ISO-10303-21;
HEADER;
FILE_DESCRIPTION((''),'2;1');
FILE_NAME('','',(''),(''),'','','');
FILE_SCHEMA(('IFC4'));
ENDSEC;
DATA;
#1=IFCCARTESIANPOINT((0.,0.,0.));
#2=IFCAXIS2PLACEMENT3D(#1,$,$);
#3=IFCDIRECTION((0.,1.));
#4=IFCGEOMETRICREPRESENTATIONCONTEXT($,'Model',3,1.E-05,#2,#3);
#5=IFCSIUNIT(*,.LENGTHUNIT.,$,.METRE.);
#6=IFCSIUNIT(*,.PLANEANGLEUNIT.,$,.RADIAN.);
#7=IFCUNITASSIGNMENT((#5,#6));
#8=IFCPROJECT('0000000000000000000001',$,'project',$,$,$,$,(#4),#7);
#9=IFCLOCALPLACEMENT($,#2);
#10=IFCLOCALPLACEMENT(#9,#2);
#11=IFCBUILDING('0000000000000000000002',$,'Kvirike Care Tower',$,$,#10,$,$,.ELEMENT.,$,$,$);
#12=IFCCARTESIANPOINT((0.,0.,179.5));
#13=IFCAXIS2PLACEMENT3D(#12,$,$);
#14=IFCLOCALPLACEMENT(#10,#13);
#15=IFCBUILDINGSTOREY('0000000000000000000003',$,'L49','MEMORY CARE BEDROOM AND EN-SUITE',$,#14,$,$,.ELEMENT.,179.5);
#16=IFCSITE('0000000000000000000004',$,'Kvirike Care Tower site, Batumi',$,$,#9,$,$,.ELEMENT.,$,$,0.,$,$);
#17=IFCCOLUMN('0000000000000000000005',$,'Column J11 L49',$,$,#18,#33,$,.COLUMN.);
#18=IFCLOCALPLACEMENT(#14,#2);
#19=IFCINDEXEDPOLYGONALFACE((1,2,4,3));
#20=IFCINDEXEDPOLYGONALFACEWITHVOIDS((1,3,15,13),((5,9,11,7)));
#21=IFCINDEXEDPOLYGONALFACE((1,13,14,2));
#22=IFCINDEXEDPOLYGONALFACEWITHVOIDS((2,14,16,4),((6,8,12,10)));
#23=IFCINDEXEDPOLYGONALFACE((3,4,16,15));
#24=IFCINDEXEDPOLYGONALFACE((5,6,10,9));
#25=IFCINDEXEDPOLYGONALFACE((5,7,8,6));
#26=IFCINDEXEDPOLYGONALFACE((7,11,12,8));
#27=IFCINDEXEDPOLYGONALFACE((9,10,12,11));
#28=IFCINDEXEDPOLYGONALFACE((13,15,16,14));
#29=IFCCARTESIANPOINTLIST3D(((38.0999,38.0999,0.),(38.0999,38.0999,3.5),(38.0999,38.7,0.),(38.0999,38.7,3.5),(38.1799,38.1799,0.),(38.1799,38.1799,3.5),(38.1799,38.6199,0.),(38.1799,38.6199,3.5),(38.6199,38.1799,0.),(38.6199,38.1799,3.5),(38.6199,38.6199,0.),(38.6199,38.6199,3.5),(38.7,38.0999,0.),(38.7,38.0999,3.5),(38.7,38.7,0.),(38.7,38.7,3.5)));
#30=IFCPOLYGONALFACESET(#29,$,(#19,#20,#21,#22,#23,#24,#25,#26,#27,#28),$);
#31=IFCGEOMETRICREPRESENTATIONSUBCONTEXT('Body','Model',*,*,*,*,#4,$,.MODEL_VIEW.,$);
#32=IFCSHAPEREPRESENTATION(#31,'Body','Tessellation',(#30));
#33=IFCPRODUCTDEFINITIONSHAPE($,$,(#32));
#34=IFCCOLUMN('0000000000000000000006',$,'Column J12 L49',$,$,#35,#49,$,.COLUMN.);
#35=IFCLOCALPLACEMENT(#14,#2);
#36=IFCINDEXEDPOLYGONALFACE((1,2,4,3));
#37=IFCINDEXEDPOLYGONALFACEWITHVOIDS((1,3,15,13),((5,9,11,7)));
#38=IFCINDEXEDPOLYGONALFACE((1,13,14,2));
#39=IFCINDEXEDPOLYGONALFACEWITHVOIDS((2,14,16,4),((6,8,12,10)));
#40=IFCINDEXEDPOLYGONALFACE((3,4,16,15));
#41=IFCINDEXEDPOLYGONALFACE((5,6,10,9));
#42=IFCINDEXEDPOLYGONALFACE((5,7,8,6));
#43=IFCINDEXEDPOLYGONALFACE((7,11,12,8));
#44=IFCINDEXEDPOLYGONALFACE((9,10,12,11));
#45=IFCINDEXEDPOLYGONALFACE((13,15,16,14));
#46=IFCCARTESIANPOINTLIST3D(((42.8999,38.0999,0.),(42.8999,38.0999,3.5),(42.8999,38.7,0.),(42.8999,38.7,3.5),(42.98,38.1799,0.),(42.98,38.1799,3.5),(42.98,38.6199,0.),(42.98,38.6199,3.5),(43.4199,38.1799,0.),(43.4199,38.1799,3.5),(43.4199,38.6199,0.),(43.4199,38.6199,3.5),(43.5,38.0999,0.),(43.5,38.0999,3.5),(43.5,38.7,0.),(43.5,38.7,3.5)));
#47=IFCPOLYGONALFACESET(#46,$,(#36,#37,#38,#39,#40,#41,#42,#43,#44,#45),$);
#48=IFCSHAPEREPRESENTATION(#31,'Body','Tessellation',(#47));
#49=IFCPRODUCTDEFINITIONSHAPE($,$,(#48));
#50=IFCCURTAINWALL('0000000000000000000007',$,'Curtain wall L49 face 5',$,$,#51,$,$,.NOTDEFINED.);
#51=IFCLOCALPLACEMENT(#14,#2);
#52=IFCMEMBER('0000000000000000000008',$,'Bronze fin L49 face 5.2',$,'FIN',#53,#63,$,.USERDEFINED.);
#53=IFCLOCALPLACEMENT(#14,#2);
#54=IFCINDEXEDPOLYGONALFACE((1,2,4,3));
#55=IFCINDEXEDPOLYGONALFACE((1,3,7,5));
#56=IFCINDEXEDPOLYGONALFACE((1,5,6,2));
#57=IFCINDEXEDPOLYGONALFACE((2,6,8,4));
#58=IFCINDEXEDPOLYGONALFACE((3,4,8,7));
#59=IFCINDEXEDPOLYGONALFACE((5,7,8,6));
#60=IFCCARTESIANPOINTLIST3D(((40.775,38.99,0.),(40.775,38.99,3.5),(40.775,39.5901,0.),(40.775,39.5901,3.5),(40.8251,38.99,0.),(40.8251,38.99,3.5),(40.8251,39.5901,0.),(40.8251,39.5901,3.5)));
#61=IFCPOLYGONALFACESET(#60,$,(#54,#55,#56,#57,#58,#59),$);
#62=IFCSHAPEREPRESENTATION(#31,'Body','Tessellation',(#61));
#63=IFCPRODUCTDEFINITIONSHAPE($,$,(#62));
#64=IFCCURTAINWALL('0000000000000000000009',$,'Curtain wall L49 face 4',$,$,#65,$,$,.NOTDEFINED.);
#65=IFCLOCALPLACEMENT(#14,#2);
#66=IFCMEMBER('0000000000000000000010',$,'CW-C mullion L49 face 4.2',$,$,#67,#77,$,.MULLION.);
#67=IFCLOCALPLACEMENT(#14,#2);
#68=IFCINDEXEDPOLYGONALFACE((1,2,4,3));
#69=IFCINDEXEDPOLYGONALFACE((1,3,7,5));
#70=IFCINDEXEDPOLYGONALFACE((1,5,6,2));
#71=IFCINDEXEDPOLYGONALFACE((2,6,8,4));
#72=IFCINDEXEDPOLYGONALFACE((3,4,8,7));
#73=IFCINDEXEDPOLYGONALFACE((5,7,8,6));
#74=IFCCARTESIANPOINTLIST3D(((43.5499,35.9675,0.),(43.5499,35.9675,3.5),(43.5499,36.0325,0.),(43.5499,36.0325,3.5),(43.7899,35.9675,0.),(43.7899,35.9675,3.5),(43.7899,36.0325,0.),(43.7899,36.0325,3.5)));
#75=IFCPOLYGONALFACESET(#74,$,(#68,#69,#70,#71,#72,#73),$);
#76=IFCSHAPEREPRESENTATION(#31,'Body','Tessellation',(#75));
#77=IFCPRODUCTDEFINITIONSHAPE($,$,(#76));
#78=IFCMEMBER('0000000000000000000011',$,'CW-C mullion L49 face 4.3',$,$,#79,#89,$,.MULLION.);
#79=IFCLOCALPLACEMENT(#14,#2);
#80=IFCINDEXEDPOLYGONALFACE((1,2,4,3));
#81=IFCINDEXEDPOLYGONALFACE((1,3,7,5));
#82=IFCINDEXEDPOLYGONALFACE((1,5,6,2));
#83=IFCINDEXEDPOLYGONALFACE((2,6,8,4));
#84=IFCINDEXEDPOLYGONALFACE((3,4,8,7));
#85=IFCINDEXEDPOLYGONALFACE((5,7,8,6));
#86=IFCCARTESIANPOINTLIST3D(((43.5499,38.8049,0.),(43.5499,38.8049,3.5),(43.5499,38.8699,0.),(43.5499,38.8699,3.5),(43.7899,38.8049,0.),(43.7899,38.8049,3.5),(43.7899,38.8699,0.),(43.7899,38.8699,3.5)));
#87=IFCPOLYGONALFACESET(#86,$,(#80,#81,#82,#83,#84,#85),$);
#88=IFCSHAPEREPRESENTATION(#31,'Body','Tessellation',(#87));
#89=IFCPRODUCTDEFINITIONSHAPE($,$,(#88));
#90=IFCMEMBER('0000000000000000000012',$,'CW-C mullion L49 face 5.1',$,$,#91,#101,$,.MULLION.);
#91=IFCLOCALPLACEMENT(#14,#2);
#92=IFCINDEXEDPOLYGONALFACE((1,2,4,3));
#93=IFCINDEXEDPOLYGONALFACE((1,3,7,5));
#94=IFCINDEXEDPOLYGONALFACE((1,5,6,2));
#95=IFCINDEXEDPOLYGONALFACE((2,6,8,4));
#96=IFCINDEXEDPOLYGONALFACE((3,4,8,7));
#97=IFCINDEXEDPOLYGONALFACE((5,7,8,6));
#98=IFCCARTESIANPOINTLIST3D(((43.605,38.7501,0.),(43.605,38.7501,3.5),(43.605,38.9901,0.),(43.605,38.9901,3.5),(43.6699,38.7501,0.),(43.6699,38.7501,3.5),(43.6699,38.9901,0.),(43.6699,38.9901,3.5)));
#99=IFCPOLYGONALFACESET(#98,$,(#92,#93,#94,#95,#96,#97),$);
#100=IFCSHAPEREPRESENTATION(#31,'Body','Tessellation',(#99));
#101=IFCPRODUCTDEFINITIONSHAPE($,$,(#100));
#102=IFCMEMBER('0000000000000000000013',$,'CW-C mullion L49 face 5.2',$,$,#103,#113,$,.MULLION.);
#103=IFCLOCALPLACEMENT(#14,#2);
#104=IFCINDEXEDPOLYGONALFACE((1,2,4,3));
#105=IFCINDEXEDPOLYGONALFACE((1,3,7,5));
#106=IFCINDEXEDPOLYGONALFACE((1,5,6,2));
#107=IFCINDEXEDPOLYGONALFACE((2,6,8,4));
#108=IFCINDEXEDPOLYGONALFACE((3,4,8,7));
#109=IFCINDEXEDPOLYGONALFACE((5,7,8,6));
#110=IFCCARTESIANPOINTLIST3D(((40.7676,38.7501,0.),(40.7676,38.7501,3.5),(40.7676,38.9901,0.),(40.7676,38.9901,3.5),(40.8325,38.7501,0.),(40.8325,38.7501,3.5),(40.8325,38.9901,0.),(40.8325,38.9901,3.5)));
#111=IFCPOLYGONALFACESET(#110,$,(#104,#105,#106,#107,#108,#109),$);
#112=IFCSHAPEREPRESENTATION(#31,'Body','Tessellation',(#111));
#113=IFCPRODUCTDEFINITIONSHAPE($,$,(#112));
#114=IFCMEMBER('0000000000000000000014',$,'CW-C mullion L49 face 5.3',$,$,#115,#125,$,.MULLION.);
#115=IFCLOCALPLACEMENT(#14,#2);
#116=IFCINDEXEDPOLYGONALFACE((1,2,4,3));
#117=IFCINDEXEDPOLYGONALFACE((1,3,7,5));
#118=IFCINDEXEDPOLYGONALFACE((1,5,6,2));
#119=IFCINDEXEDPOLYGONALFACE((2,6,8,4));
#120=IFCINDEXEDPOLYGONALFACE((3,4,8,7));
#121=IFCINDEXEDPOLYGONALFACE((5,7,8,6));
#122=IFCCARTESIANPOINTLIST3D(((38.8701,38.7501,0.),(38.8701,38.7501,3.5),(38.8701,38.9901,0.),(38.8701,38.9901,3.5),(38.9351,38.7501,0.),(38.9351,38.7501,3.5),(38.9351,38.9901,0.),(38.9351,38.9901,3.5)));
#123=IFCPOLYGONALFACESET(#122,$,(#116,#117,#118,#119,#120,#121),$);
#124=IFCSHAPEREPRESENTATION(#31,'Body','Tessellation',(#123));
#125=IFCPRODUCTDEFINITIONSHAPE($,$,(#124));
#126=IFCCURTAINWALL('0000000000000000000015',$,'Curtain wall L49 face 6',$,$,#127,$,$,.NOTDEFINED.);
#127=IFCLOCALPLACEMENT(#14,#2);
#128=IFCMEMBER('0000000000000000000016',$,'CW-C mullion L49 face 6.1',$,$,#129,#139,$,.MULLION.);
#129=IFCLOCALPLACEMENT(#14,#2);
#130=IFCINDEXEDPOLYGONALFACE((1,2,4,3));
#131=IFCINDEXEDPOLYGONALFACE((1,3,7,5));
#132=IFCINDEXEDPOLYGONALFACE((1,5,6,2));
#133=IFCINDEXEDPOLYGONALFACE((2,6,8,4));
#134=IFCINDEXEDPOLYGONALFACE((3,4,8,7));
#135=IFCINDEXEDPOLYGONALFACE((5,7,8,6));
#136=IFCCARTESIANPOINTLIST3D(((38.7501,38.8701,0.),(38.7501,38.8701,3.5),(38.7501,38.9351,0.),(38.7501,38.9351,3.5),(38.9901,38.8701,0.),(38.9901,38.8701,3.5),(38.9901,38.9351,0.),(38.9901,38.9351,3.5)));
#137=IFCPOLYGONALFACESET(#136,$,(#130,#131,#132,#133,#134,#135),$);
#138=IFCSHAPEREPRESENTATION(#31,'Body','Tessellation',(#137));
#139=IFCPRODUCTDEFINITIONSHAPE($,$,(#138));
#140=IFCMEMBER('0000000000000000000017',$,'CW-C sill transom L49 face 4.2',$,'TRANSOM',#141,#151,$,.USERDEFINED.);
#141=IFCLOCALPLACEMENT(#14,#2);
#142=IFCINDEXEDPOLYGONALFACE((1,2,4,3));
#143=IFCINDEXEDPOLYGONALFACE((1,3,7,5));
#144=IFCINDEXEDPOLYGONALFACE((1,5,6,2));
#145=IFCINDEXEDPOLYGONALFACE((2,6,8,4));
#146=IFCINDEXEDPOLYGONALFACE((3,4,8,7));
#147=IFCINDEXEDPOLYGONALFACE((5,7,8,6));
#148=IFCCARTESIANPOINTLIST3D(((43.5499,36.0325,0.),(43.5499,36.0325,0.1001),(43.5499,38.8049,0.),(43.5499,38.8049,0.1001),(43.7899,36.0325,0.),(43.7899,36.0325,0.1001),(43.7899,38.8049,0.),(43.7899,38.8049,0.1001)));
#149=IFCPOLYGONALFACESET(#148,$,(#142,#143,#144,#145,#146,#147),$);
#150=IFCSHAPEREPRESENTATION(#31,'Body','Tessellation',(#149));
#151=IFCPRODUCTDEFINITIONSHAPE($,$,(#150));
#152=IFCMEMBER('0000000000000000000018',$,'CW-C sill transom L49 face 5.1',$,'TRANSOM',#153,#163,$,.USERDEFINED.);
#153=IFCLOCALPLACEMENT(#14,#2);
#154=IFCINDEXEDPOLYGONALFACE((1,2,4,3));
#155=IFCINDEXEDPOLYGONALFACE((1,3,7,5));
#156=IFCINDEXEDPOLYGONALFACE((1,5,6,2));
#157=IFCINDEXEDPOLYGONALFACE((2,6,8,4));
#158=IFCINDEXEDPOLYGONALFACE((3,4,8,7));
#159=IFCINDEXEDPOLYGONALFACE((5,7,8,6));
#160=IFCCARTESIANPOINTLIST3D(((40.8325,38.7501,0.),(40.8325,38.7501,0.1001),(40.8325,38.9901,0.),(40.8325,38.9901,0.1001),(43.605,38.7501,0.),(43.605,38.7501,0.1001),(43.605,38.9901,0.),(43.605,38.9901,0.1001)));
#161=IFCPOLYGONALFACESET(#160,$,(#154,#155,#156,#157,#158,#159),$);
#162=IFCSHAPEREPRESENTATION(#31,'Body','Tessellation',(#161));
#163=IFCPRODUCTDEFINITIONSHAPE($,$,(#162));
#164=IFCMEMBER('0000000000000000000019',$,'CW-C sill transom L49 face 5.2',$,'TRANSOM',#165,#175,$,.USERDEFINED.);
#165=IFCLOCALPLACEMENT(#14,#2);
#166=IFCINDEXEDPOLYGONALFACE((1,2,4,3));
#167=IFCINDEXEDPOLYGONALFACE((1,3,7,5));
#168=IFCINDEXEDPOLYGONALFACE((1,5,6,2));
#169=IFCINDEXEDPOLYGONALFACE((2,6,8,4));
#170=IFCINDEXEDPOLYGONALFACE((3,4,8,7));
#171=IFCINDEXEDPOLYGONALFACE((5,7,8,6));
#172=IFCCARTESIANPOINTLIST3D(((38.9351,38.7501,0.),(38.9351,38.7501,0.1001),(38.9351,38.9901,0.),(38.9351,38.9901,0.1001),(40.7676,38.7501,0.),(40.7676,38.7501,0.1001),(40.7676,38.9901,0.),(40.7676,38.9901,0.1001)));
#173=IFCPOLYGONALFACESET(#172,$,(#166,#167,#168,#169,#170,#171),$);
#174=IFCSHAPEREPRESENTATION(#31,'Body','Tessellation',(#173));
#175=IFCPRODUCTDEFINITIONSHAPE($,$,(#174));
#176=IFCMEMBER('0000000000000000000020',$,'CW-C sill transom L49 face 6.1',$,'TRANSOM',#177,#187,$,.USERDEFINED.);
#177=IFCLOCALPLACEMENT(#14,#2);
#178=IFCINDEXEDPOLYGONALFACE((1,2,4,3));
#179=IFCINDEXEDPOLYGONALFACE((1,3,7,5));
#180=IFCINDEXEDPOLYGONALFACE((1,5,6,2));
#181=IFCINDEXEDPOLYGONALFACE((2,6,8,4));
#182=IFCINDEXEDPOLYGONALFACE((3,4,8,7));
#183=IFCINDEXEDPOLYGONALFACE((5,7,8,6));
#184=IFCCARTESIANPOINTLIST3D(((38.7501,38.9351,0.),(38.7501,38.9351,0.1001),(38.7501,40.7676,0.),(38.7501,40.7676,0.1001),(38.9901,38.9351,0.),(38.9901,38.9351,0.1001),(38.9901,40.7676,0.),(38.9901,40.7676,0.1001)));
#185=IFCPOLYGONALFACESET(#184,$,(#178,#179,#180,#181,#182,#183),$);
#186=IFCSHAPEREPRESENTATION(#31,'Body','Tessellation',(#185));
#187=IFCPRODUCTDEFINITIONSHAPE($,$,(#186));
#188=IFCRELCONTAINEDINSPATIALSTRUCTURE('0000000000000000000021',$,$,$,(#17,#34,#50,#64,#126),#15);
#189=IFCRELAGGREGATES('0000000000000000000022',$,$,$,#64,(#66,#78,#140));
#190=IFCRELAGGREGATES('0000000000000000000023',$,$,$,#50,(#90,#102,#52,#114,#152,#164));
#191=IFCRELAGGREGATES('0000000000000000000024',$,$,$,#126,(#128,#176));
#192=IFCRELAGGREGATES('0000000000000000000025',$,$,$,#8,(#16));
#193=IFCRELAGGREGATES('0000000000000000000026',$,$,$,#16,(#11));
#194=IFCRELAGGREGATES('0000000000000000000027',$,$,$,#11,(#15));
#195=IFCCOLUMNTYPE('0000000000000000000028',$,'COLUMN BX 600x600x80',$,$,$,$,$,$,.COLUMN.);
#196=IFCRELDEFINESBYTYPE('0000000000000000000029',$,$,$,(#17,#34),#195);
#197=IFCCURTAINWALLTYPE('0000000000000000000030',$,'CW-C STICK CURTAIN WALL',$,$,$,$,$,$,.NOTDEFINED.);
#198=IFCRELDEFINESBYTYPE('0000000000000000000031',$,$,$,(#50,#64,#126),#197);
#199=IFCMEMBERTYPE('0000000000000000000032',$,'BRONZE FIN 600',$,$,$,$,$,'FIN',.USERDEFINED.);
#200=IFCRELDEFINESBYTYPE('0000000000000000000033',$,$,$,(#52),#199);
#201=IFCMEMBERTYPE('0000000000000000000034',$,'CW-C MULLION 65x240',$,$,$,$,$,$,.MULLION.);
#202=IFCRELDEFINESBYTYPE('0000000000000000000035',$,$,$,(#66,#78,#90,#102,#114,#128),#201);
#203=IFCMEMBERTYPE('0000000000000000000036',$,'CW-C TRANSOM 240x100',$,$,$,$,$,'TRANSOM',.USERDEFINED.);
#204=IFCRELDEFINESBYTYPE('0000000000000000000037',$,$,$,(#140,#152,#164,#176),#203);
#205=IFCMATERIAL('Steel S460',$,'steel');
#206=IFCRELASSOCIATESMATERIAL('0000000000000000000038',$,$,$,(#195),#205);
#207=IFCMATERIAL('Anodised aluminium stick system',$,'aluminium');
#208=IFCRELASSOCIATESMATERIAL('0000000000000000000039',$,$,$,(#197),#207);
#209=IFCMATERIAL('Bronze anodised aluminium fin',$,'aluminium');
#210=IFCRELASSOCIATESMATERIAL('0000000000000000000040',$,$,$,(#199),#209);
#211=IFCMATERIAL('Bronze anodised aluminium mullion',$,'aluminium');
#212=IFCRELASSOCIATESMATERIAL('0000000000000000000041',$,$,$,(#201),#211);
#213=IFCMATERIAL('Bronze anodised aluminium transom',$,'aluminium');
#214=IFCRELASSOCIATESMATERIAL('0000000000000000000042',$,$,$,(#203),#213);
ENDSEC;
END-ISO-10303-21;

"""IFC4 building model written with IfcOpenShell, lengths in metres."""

from ifc_helpers import new_model, si_unit, direction, frame, origin, origin_2d, place, context, subcontext, project, spatial, rectangle, hollow_rectangle, extrude, material, material_profile, profile_set, type_object, element, aggregate, save


model = new_model("IFC4")

# Units and contexts
model_context = context("Model", 3, precision=1e-05, world=origin(), true_north=direction((0.0, 1.0)))
body_context = subcontext(model_context, "Body", "Model", "MODEL_VIEW")
ifc_project = project(units=[si_unit("LENGTHUNIT", "METRE"), si_unit("PLANEANGLEUNIT", "RADIAN")], contexts=[model_context])

# Site, building, storey
site_placement = place(None, origin())
site = spatial("IfcSite", under=ifc_project, at=site_placement, Name="Kvirike Care Tower site, Batumi", CompositionType="ELEMENT", RefElevation=0.0)
building_placement = place(site_placement, origin())
building = spatial("IfcBuilding", under=site, at=building_placement, Name="Kvirike Care Tower", CompositionType="ELEMENT")
storey_placement = place(building_placement, frame((0.0, 0.0, 179.5)))
storey = spatial("IfcBuildingStorey", under=building, at=storey_placement, Name="L49", Description="MEMORY CARE BEDROOM AND EN-SUITE", CompositionType="ELEMENT", Elevation=179.5)

# Columns
ifc_material_1 = material(Name="Steel S460", Category="steel")
ifc_material_profile_1 = material_profile(ifc_material_1, hollow_rectangle(XDim=0.6001, YDim=0.6001, WallThickness=0.0801, at=origin_2d()), Name="BX 600x600x80")
ifc_profile_set_1 = profile_set([ifc_material_profile_1], Name="Steel S460")
column_type = type_object("IfcColumnType", Name="COLUMN BX 600x600x80", PredefinedType="COLUMN", material=ifc_profile_set_1)
for number, where, z_axis, x_axis, name in (
    (1, (38.3999, 38.3999, 0.0), (0.0, 0.0, 1.0), (0.0, 1.0, 0.0), "Column J11 L49"),
    (2, (43.2, 38.3999, 0.0), (0.0, 0.0, 1.0), (0.0, 1.0, 0.0), "Column J12 L49"),
):
    element("IfcColumn", number, at=place(storey_placement, frame(where, z_axis=z_axis, x_axis=x_axis)), inside=storey, type_object=column_type, Name=name, PredefinedType="COLUMN", context=body_context, shape_type="SweptSolid", body=[
        extrude(hollow_rectangle(XDim=0.6001, YDim=0.6001, WallThickness=0.0801, at=origin_2d()), origin(), (0.0, 0.0, 1.0), 3.5),
    ])

# Curtain wall, member
ifc_material_2 = material(Name="Anodised aluminium stick system", Category="aluminium")
curtain_wall_type = type_object("IfcCurtainWallType", Name="CW-C STICK CURTAIN WALL", PredefinedType="NOTDEFINED", material=ifc_material_2)
curtain_wall_1_placement = place(storey_placement, origin())
curtain_wall_1 = element("IfcCurtainWall", 3, at=curtain_wall_1_placement, inside=storey, type_object=curtain_wall_type, Name="Curtain wall L49 face 5", PredefinedType="NOTDEFINED")
ifc_material_3 = material(Name="Bronze anodised aluminium fin", Category="aluminium")
ifc_material_profile_2 = material_profile(ifc_material_3, rectangle(XDim=0.05, YDim=0.6001, at=origin_2d()), Name="BRONZE FIN 600")
ifc_profile_set_2 = profile_set([ifc_material_profile_2], Name="Bronze anodised aluminium fin")
member_type_1 = type_object("IfcMemberType", Name="BRONZE FIN 600", ElementType="FIN", PredefinedType="USERDEFINED", material=ifc_profile_set_2)
member_1_placement = place(storey_placement, frame((40.8, 39.29, 0.0), z_axis=(0.0, 0.0, 1.0), x_axis=(-1.0, 0.0, 0.0)))
member_1 = element("IfcMember", 4, at=member_1_placement, type_object=member_type_1, Name="Bronze fin L49 face 5.2", ObjectType="FIN", PredefinedType="USERDEFINED", context=body_context, shape_type="SweptSolid", body=[
    extrude(rectangle(XDim=0.05, YDim=0.6001, at=origin_2d()), origin(), (0.0, 0.0, 1.0), 3.5),
])

# Curtain wall, members
curtain_wall_2_placement = place(storey_placement, origin())
curtain_wall_2 = element("IfcCurtainWall", 5, at=curtain_wall_2_placement, inside=storey, type_object=curtain_wall_type, Name="Curtain wall L49 face 4", PredefinedType="NOTDEFINED")
ifc_material_4 = material(Name="Bronze anodised aluminium mullion", Category="aluminium")
ifc_material_profile_3 = material_profile(ifc_material_4, rectangle(XDim=0.0649, YDim=0.24, at=origin_2d()), Name="CW-C MULLION 65x240")
ifc_profile_set_3 = profile_set([ifc_material_profile_3], Name="Bronze anodised aluminium mullion")
member_type_2 = type_object("IfcMemberType", Name="CW-C MULLION 65x240", PredefinedType="MULLION", material=ifc_profile_set_3)
member_2_placement = place(storey_placement, frame((43.6699, 36.0, 0.0), z_axis=(0.0, 0.0, 1.0), x_axis=(0.0, 1.0, 0.0)))
member_2 = element("IfcMember", 6, at=member_2_placement, type_object=member_type_2, Name="CW-C mullion L49 face 4.2", PredefinedType="MULLION", context=body_context, shape_type="SweptSolid", body=[
    extrude(rectangle(XDim=0.0649, YDim=0.24, at=origin_2d()), origin(), (0.0, 0.0, 1.0), 3.5),
])
member_3_placement = place(storey_placement, frame((43.6699, 38.8374, 0.0), z_axis=(0.0, 0.0, 1.0), x_axis=(0.0, 1.0, 0.0)))
member_3 = element("IfcMember", 7, at=member_3_placement, type_object=member_type_2, Name="CW-C mullion L49 face 4.3", PredefinedType="MULLION", context=body_context, shape_type="SweptSolid", body=[
    extrude(rectangle(XDim=0.0649, YDim=0.24, at=origin_2d()), origin(), (0.0, 0.0, 1.0), 3.5),
])

# Members
member_4_placement = place(storey_placement, frame((43.6375, 38.8701, 0.0), z_axis=(0.0, 0.0, 1.0), x_axis=(-1.0, 0.0, 0.0)))
member_4 = element("IfcMember", 8, at=member_4_placement, type_object=member_type_2, Name="CW-C mullion L49 face 5.1", PredefinedType="MULLION", context=body_context, shape_type="SweptSolid", body=[
    extrude(rectangle(XDim=0.0649, YDim=0.24, at=origin_2d()), origin(), (0.0, 0.0, 1.0), 3.5),
])
member_5_placement = place(storey_placement, frame((40.8, 38.8701, 0.0), z_axis=(0.0, 0.0, 1.0), x_axis=(-1.0, 0.0, 0.0)))
member_5 = element("IfcMember", 9, at=member_5_placement, type_object=member_type_2, Name="CW-C mullion L49 face 5.2", PredefinedType="MULLION", context=body_context, shape_type="SweptSolid", body=[
    extrude(rectangle(XDim=0.0649, YDim=0.24, at=origin_2d()), origin(), (0.0, 0.0, 1.0), 3.5),
])
member_6_placement = place(storey_placement, frame((38.9026, 38.8701, 0.0), z_axis=(0.0, 0.0, 1.0), x_axis=(-1.0, 0.0, 0.0)))
member_6 = element("IfcMember", 10, at=member_6_placement, type_object=member_type_2, Name="CW-C mullion L49 face 5.3", PredefinedType="MULLION", context=body_context, shape_type="SweptSolid", body=[
    extrude(rectangle(XDim=0.0649, YDim=0.24, at=origin_2d()), origin(), (0.0, 0.0, 1.0), 3.5),
])

# Curtain wall, member
curtain_wall_3_placement = place(storey_placement, origin())
curtain_wall_3 = element("IfcCurtainWall", 11, at=curtain_wall_3_placement, inside=storey, type_object=curtain_wall_type, Name="Curtain wall L49 face 6", PredefinedType="NOTDEFINED")
member_7_placement = place(storey_placement, frame((38.8701, 38.9026, 0.0), z_axis=(0.0, 0.0, 1.0), x_axis=(0.0, 1.0, 0.0)))
member_7 = element("IfcMember", 12, at=member_7_placement, type_object=member_type_2, Name="CW-C mullion L49 face 6.1", PredefinedType="MULLION", context=body_context, shape_type="SweptSolid", body=[
    extrude(rectangle(XDim=0.0649, YDim=0.24, at=origin_2d()), origin(), (0.0, 0.0, 1.0), 3.5),
])

# Members
ifc_material_5 = material(Name="Bronze anodised aluminium transom", Category="aluminium")
ifc_material_profile_4 = material_profile(ifc_material_5, rectangle(XDim=0.24, YDim=0.1001, at=origin_2d()), Name="CW-C TRANSOM 240x100")
ifc_profile_set_4 = profile_set([ifc_material_profile_4], Name="Bronze anodised aluminium transom")
member_type_3 = type_object("IfcMemberType", Name="CW-C TRANSOM 240x100", ElementType="TRANSOM", PredefinedType="USERDEFINED", material=ifc_profile_set_4)
member_8_placement = place(storey_placement, frame((43.6699, 36.0325, 0.05), z_axis=(0.0, 1.0, 0.0), x_axis=(-1.0, 0.0, 0.0)))
member_8 = element("IfcMember", 13, at=member_8_placement, type_object=member_type_3, Name="CW-C sill transom L49 face 4.2", ObjectType="TRANSOM", PredefinedType="USERDEFINED", context=body_context, shape_type="SweptSolid", body=[
    extrude(rectangle(XDim=0.24, YDim=0.1001, at=origin_2d()), origin(), (0.0, 0.0, 1.0), 2.7725),
])
member_9_placement = place(storey_placement, frame((43.605, 38.8701, 0.05), z_axis=(-1.0, 0.0, 0.0), x_axis=(0.0, -1.0, 0.0)))
member_9 = element("IfcMember", 14, at=member_9_placement, type_object=member_type_3, Name="CW-C sill transom L49 face 5.1", ObjectType="TRANSOM", PredefinedType="USERDEFINED", context=body_context, shape_type="SweptSolid", body=[
    extrude(rectangle(XDim=0.24, YDim=0.1001, at=origin_2d()), origin(), (0.0, 0.0, 1.0), 2.7725),
])
member_10_placement = place(storey_placement, frame((40.7676, 38.8701, 0.05), z_axis=(-1.0, 0.0, 0.0), x_axis=(0.0, -1.0, 0.0)))
member_10 = element("IfcMember", 15, at=member_10_placement, type_object=member_type_3, Name="CW-C sill transom L49 face 5.2", ObjectType="TRANSOM", PredefinedType="USERDEFINED", context=body_context, shape_type="SweptSolid", body=[
    extrude(rectangle(XDim=0.24, YDim=0.1001, at=origin_2d()), origin(), (0.0, 0.0, 1.0), 1.8325),
])
member_11_placement = place(storey_placement, frame((38.8701, 38.9351, 0.05), z_axis=(0.0, 1.0, 0.0), x_axis=(-1.0, 0.0, 0.0)))
member_11 = element("IfcMember", 16, at=member_11_placement, type_object=member_type_3, Name="CW-C sill transom L49 face 6.1", ObjectType="TRANSOM", PredefinedType="USERDEFINED", context=body_context, shape_type="SweptSolid", body=[
    extrude(rectangle(XDim=0.24, YDim=0.1001, at=origin_2d()), origin(), (0.0, 0.0, 1.0), 1.8325),
])

aggregate(curtain_wall_2, [member_2, member_3, member_8])
aggregate(curtain_wall_1, [member_4, member_5, member_1, member_6, member_9, member_10])
aggregate(curtain_wall_3, [member_7, member_11])

save(model, "model.ifc")
